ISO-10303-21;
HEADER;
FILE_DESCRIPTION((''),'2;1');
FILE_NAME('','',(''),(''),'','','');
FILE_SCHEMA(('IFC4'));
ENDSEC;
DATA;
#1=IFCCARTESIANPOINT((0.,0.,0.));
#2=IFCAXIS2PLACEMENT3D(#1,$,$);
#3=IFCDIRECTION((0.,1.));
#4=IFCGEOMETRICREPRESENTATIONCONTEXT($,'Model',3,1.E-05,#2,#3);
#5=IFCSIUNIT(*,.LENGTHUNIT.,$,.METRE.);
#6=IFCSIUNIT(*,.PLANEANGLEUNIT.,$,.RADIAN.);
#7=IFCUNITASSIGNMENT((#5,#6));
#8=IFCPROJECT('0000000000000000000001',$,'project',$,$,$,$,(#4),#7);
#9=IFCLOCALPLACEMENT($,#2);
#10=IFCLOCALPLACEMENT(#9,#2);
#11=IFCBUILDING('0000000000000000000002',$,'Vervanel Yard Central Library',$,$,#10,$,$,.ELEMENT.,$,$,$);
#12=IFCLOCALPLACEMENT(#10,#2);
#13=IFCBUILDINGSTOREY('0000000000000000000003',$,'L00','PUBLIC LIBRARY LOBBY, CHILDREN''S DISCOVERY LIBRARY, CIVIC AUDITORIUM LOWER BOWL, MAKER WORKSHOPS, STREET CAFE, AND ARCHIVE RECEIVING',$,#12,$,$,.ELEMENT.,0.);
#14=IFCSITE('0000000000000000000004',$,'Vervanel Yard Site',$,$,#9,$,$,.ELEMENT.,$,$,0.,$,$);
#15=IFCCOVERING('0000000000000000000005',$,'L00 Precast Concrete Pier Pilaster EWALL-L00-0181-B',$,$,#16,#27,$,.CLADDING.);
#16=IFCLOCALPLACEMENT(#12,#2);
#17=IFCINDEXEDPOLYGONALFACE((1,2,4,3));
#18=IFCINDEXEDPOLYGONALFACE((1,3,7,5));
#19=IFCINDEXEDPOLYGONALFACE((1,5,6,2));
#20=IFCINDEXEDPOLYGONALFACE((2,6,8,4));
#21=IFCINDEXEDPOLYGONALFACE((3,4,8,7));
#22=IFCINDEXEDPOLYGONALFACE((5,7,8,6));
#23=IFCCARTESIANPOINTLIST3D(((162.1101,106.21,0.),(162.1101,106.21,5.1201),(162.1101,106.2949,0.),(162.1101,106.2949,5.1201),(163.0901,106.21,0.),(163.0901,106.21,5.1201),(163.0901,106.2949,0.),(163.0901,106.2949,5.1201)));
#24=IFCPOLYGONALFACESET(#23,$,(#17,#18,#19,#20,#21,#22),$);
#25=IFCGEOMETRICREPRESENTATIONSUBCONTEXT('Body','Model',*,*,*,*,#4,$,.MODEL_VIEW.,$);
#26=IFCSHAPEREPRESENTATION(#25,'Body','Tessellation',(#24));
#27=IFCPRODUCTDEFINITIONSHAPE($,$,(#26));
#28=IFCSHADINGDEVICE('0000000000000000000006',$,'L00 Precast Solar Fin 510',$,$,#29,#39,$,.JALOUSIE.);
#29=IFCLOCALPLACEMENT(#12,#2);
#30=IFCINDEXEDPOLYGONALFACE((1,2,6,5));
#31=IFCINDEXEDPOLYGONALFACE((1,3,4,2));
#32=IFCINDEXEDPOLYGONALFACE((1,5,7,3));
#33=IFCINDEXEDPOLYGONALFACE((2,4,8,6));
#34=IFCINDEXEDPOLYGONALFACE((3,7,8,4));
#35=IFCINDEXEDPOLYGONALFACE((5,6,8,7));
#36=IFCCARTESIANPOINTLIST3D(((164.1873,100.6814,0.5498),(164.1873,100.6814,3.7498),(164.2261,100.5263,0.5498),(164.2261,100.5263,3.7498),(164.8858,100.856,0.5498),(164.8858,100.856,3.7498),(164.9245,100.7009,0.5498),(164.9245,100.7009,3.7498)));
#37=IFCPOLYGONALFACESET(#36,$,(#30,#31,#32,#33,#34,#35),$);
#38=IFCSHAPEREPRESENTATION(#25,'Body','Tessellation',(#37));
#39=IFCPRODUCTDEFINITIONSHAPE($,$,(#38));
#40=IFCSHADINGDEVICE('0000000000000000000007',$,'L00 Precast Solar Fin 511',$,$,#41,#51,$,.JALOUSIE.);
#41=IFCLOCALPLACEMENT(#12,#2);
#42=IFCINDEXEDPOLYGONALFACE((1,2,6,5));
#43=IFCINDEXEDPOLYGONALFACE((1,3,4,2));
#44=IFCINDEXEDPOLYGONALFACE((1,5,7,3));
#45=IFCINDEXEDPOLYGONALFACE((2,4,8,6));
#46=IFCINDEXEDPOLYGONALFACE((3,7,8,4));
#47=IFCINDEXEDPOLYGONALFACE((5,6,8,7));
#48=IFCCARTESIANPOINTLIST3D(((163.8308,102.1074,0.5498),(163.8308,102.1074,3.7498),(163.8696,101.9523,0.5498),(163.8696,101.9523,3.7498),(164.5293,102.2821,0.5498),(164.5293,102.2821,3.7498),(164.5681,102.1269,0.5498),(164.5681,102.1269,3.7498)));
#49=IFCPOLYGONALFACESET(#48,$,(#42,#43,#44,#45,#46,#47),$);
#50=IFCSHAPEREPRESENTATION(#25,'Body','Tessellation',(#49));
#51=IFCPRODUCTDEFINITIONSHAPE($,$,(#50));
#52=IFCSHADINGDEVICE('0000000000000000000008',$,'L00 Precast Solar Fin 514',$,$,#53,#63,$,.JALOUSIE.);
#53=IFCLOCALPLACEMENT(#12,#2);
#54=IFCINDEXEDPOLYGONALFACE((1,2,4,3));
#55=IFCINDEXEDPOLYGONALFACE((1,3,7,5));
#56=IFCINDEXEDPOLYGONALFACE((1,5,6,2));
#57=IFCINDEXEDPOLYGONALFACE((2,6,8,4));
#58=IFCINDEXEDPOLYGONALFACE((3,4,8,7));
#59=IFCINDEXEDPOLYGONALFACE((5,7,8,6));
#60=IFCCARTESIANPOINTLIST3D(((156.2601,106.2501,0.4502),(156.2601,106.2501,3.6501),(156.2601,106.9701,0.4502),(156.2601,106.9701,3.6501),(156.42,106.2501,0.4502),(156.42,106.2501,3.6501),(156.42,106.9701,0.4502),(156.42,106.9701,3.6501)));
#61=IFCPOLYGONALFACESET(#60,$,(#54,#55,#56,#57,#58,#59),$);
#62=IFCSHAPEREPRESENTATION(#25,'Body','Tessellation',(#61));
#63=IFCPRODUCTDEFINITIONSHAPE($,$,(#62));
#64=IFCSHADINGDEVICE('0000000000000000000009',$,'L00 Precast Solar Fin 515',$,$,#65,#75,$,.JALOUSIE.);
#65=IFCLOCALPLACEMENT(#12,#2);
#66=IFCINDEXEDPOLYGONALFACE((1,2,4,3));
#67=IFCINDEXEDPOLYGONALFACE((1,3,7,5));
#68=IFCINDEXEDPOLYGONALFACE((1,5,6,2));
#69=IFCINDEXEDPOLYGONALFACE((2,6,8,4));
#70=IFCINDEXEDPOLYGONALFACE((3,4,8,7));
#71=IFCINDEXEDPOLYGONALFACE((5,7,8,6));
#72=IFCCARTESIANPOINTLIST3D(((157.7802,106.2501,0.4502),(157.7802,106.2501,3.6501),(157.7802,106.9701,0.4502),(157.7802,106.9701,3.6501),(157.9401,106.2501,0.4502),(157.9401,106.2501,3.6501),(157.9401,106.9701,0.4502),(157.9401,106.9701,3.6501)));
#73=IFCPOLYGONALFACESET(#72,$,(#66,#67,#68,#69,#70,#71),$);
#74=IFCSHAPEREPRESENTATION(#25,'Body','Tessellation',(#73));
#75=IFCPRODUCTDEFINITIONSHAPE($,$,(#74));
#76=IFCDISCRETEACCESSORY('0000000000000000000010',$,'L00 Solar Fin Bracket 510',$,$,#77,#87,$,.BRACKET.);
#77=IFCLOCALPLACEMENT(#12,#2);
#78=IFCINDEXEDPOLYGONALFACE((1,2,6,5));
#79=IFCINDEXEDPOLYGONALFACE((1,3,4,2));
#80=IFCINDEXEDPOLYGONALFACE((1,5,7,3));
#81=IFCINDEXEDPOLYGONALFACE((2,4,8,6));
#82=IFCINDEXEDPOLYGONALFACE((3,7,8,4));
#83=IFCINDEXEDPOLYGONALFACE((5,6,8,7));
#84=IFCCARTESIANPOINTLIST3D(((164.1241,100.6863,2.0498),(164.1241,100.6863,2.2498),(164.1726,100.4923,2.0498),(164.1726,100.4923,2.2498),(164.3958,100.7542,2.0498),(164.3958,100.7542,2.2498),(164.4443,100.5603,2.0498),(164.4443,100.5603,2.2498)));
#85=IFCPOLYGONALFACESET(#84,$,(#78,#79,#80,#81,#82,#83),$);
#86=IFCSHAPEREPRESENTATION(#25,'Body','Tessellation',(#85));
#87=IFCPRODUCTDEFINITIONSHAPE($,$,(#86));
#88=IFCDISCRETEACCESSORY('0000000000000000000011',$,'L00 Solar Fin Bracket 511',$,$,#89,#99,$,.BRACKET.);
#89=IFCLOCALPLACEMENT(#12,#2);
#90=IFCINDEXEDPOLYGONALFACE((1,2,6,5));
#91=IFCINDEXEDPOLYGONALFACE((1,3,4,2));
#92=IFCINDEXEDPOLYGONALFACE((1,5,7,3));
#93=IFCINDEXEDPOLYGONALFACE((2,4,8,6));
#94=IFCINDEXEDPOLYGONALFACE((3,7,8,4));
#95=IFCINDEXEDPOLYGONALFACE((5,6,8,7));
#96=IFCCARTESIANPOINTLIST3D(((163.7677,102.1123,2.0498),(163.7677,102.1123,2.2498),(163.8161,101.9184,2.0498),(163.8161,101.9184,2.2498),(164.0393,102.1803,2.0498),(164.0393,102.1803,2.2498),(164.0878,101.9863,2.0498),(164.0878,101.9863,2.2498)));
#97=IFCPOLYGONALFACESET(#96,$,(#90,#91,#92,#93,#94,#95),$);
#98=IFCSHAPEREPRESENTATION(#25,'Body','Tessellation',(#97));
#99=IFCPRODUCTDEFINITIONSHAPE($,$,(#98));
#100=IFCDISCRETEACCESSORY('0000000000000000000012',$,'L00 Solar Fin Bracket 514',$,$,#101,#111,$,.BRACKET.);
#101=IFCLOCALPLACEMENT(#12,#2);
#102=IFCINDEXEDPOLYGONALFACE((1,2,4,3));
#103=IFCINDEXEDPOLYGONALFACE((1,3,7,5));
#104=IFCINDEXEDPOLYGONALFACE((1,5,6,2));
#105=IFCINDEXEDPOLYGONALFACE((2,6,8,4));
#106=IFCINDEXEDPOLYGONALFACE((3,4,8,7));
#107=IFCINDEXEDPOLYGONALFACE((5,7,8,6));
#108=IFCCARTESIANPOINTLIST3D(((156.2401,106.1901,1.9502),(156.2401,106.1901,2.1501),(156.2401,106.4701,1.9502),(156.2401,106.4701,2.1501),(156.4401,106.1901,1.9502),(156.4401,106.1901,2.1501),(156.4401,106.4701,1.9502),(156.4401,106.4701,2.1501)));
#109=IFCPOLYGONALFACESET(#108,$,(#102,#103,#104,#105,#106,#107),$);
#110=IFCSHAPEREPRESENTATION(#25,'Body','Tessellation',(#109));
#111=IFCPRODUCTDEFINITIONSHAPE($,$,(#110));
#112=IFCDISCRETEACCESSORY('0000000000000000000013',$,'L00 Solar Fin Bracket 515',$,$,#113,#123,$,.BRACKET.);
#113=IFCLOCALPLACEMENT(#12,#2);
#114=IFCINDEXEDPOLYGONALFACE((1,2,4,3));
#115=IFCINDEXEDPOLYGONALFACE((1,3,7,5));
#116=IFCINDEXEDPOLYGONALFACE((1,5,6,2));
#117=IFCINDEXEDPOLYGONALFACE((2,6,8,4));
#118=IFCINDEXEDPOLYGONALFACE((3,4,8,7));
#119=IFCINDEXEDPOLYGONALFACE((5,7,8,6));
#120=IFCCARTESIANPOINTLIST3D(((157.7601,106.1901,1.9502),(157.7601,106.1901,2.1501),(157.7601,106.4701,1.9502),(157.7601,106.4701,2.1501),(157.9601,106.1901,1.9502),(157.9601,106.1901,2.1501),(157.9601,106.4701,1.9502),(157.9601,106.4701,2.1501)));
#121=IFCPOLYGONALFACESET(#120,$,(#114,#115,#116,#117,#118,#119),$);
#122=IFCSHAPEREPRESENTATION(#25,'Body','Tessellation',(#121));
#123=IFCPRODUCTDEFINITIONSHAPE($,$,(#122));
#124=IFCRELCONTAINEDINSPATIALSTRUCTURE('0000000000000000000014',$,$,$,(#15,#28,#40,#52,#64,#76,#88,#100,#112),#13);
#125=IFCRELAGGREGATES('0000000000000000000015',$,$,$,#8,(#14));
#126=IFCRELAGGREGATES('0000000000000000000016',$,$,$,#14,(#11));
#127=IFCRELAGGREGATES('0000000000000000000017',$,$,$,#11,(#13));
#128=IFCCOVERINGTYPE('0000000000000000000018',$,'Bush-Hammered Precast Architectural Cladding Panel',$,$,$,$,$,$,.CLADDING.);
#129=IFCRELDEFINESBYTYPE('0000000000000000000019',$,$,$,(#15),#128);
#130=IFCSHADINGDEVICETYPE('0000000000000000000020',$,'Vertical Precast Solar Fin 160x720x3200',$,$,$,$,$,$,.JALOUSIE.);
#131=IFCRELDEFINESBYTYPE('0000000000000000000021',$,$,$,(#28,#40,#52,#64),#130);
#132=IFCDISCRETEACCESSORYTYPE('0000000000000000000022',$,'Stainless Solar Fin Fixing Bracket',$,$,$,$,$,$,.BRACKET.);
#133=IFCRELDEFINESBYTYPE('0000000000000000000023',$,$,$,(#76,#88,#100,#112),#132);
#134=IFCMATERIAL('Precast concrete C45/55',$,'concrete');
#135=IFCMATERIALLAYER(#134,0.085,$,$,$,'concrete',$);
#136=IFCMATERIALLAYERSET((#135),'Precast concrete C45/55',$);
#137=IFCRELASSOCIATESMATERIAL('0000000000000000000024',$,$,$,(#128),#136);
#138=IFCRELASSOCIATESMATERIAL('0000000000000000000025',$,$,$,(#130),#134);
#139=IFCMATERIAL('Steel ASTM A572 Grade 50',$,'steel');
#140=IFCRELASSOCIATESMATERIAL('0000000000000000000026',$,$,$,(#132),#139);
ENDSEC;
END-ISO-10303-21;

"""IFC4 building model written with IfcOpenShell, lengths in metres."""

from ifc_helpers import new_model, si_unit, direction, frame, origin, origin_2d, place, context, subcontext, project, spatial, rectangle, extrude, material, layer, layer_set, type_object, element, save


model = new_model("IFC4")

# Units and contexts
model_context = context("Model", 3, precision=1e-05, world=origin(), true_north=direction((0.0, 1.0)))
body_context = subcontext(model_context, "Body", "Model", "MODEL_VIEW")
ifc_project = project(units=[si_unit("LENGTHUNIT", "METRE"), si_unit("PLANEANGLEUNIT", "RADIAN")], contexts=[model_context])

# Site, building, storey
site_placement = place(None, origin())
site = spatial("IfcSite", under=ifc_project, at=site_placement, Name="Vervanel Yard Site", CompositionType="ELEMENT", RefElevation=0.0)
building_placement = place(site_placement, origin())
building = spatial("IfcBuilding", under=site, at=building_placement, Name="Vervanel Yard Central Library", CompositionType="ELEMENT")
storey_placement = place(building_placement, origin())
storey = spatial("IfcBuildingStorey", under=building, at=storey_placement, Name="L00", Description="PUBLIC LIBRARY LOBBY, CHILDREN'S DISCOVERY LIBRARY, CIVIC AUDITORIUM LOWER BOWL, MAKER WORKSHOPS, STREET CAFE, AND ARCHIVE RECEIVING", CompositionType="ELEMENT", Elevation=0.0)

# Shared definitions
ifc_material_1 = material(Name="Steel ASTM A572 Grade 50", Category="steel")

# Covering
ifc_material_2 = material(Name="Precast concrete C45/55", Category="concrete")
ifc_layer_1 = layer(ifc_material_2, 0.085, Category="concrete")
ifc_layer_set_1 = layer_set([ifc_layer_1], Name="Precast concrete C45/55")
covering_type = type_object("IfcCoveringType", Name="Bush-Hammered Precast Architectural Cladding Panel", PredefinedType="CLADDING", material=ifc_layer_set_1)
covering_1_placement = place(storey_placement, frame((162.6001, 106.2524, 0.0), z_axis=(0.0, 0.0, 1.0), x_axis=(1.0, 0.0, 0.0)))
element("IfcCovering", 1, at=covering_1_placement, inside=storey, type_object=covering_type, Name="L00 Precast Concrete Pier Pilaster EWALL-L00-0181-B", PredefinedType="CLADDING", context=body_context, shape_type="SweptSolid", body=[
    extrude(rectangle(XDim=0.98, YDim=0.085, at=origin_2d()), origin(), (0.0, 0.0, 1.0), 5.1201),
])

# Shading devices
shading_device_type = type_object("IfcShadingDeviceType", Name="Vertical Precast Solar Fin 160x720x3200", PredefinedType="JALOUSIE", material=ifc_material_2)
for number, where, z_axis, x_axis, name in (
    (2, (164.5559, 100.6912, 0.5498), (0.0, 0.0, 1.0), (-0.242535, 0.970143, 0.0), "L00 Precast Solar Fin 510"),
    (3, (164.1995, 102.1172, 0.5498), (0.0, 0.0, 1.0), (-0.242535, 0.970143, 0.0), "L00 Precast Solar Fin 511"),
    (4, (156.3401, 106.6101, 0.4502), (0.0, 0.0, 1.0), (1.0, 0.0, 0.0), "L00 Precast Solar Fin 514"),
    (5, (157.8601, 106.6101, 0.4502), (0.0, 0.0, 1.0), (1.0, 0.0, 0.0), "L00 Precast Solar Fin 515"),
):
    element("IfcShadingDevice", number, at=place(storey_placement, frame(where, z_axis=z_axis, x_axis=x_axis)), inside=storey, type_object=shading_device_type, Name=name, PredefinedType="JALOUSIE", context=body_context, shape_type="SweptSolid", body=[
        extrude(rectangle(XDim=0.1599, YDim=0.72, at=origin_2d()), origin(), (0.0, 0.0, 1.0), 3.2),
    ])

# Discrete accessories
discrete_accessory_type = type_object("IfcDiscreteAccessoryType", Name="Stainless Solar Fin Fixing Bracket", PredefinedType="BRACKET", material=ifc_material_1)
for number, where, z_axis, x_axis, name in (
    (6, (164.2842, 100.6233, 2.0498), (0.0, 0.0, 1.0), (-0.242535, 0.970143, 0.0), "L00 Solar Fin Bracket 510"),
    (7, (163.9277, 102.0493, 2.0498), (0.0, 0.0, 1.0), (-0.242535, 0.970143, 0.0), "L00 Solar Fin Bracket 511"),
    (8, (156.3401, 106.3301, 1.9502), (0.0, 0.0, 1.0), (1.0, 0.0, 0.0), "L00 Solar Fin Bracket 514"),
    (9, (157.8601, 106.3301, 1.9502), (0.0, 0.0, 1.0), (1.0, 0.0, 0.0), "L00 Solar Fin Bracket 515"),
):
    element("IfcDiscreteAccessory", number, at=place(storey_placement, frame(where, z_axis=z_axis, x_axis=x_axis)), inside=storey, type_object=discrete_accessory_type, Name=name, PredefinedType="BRACKET", context=body_context, shape_type="SweptSolid", body=[
        extrude(rectangle(XDim=0.2, YDim=0.28, at=origin_2d()), origin(), (0.0, 0.0, 1.0), 0.2),
    ])

save(model, "model.ifc")
